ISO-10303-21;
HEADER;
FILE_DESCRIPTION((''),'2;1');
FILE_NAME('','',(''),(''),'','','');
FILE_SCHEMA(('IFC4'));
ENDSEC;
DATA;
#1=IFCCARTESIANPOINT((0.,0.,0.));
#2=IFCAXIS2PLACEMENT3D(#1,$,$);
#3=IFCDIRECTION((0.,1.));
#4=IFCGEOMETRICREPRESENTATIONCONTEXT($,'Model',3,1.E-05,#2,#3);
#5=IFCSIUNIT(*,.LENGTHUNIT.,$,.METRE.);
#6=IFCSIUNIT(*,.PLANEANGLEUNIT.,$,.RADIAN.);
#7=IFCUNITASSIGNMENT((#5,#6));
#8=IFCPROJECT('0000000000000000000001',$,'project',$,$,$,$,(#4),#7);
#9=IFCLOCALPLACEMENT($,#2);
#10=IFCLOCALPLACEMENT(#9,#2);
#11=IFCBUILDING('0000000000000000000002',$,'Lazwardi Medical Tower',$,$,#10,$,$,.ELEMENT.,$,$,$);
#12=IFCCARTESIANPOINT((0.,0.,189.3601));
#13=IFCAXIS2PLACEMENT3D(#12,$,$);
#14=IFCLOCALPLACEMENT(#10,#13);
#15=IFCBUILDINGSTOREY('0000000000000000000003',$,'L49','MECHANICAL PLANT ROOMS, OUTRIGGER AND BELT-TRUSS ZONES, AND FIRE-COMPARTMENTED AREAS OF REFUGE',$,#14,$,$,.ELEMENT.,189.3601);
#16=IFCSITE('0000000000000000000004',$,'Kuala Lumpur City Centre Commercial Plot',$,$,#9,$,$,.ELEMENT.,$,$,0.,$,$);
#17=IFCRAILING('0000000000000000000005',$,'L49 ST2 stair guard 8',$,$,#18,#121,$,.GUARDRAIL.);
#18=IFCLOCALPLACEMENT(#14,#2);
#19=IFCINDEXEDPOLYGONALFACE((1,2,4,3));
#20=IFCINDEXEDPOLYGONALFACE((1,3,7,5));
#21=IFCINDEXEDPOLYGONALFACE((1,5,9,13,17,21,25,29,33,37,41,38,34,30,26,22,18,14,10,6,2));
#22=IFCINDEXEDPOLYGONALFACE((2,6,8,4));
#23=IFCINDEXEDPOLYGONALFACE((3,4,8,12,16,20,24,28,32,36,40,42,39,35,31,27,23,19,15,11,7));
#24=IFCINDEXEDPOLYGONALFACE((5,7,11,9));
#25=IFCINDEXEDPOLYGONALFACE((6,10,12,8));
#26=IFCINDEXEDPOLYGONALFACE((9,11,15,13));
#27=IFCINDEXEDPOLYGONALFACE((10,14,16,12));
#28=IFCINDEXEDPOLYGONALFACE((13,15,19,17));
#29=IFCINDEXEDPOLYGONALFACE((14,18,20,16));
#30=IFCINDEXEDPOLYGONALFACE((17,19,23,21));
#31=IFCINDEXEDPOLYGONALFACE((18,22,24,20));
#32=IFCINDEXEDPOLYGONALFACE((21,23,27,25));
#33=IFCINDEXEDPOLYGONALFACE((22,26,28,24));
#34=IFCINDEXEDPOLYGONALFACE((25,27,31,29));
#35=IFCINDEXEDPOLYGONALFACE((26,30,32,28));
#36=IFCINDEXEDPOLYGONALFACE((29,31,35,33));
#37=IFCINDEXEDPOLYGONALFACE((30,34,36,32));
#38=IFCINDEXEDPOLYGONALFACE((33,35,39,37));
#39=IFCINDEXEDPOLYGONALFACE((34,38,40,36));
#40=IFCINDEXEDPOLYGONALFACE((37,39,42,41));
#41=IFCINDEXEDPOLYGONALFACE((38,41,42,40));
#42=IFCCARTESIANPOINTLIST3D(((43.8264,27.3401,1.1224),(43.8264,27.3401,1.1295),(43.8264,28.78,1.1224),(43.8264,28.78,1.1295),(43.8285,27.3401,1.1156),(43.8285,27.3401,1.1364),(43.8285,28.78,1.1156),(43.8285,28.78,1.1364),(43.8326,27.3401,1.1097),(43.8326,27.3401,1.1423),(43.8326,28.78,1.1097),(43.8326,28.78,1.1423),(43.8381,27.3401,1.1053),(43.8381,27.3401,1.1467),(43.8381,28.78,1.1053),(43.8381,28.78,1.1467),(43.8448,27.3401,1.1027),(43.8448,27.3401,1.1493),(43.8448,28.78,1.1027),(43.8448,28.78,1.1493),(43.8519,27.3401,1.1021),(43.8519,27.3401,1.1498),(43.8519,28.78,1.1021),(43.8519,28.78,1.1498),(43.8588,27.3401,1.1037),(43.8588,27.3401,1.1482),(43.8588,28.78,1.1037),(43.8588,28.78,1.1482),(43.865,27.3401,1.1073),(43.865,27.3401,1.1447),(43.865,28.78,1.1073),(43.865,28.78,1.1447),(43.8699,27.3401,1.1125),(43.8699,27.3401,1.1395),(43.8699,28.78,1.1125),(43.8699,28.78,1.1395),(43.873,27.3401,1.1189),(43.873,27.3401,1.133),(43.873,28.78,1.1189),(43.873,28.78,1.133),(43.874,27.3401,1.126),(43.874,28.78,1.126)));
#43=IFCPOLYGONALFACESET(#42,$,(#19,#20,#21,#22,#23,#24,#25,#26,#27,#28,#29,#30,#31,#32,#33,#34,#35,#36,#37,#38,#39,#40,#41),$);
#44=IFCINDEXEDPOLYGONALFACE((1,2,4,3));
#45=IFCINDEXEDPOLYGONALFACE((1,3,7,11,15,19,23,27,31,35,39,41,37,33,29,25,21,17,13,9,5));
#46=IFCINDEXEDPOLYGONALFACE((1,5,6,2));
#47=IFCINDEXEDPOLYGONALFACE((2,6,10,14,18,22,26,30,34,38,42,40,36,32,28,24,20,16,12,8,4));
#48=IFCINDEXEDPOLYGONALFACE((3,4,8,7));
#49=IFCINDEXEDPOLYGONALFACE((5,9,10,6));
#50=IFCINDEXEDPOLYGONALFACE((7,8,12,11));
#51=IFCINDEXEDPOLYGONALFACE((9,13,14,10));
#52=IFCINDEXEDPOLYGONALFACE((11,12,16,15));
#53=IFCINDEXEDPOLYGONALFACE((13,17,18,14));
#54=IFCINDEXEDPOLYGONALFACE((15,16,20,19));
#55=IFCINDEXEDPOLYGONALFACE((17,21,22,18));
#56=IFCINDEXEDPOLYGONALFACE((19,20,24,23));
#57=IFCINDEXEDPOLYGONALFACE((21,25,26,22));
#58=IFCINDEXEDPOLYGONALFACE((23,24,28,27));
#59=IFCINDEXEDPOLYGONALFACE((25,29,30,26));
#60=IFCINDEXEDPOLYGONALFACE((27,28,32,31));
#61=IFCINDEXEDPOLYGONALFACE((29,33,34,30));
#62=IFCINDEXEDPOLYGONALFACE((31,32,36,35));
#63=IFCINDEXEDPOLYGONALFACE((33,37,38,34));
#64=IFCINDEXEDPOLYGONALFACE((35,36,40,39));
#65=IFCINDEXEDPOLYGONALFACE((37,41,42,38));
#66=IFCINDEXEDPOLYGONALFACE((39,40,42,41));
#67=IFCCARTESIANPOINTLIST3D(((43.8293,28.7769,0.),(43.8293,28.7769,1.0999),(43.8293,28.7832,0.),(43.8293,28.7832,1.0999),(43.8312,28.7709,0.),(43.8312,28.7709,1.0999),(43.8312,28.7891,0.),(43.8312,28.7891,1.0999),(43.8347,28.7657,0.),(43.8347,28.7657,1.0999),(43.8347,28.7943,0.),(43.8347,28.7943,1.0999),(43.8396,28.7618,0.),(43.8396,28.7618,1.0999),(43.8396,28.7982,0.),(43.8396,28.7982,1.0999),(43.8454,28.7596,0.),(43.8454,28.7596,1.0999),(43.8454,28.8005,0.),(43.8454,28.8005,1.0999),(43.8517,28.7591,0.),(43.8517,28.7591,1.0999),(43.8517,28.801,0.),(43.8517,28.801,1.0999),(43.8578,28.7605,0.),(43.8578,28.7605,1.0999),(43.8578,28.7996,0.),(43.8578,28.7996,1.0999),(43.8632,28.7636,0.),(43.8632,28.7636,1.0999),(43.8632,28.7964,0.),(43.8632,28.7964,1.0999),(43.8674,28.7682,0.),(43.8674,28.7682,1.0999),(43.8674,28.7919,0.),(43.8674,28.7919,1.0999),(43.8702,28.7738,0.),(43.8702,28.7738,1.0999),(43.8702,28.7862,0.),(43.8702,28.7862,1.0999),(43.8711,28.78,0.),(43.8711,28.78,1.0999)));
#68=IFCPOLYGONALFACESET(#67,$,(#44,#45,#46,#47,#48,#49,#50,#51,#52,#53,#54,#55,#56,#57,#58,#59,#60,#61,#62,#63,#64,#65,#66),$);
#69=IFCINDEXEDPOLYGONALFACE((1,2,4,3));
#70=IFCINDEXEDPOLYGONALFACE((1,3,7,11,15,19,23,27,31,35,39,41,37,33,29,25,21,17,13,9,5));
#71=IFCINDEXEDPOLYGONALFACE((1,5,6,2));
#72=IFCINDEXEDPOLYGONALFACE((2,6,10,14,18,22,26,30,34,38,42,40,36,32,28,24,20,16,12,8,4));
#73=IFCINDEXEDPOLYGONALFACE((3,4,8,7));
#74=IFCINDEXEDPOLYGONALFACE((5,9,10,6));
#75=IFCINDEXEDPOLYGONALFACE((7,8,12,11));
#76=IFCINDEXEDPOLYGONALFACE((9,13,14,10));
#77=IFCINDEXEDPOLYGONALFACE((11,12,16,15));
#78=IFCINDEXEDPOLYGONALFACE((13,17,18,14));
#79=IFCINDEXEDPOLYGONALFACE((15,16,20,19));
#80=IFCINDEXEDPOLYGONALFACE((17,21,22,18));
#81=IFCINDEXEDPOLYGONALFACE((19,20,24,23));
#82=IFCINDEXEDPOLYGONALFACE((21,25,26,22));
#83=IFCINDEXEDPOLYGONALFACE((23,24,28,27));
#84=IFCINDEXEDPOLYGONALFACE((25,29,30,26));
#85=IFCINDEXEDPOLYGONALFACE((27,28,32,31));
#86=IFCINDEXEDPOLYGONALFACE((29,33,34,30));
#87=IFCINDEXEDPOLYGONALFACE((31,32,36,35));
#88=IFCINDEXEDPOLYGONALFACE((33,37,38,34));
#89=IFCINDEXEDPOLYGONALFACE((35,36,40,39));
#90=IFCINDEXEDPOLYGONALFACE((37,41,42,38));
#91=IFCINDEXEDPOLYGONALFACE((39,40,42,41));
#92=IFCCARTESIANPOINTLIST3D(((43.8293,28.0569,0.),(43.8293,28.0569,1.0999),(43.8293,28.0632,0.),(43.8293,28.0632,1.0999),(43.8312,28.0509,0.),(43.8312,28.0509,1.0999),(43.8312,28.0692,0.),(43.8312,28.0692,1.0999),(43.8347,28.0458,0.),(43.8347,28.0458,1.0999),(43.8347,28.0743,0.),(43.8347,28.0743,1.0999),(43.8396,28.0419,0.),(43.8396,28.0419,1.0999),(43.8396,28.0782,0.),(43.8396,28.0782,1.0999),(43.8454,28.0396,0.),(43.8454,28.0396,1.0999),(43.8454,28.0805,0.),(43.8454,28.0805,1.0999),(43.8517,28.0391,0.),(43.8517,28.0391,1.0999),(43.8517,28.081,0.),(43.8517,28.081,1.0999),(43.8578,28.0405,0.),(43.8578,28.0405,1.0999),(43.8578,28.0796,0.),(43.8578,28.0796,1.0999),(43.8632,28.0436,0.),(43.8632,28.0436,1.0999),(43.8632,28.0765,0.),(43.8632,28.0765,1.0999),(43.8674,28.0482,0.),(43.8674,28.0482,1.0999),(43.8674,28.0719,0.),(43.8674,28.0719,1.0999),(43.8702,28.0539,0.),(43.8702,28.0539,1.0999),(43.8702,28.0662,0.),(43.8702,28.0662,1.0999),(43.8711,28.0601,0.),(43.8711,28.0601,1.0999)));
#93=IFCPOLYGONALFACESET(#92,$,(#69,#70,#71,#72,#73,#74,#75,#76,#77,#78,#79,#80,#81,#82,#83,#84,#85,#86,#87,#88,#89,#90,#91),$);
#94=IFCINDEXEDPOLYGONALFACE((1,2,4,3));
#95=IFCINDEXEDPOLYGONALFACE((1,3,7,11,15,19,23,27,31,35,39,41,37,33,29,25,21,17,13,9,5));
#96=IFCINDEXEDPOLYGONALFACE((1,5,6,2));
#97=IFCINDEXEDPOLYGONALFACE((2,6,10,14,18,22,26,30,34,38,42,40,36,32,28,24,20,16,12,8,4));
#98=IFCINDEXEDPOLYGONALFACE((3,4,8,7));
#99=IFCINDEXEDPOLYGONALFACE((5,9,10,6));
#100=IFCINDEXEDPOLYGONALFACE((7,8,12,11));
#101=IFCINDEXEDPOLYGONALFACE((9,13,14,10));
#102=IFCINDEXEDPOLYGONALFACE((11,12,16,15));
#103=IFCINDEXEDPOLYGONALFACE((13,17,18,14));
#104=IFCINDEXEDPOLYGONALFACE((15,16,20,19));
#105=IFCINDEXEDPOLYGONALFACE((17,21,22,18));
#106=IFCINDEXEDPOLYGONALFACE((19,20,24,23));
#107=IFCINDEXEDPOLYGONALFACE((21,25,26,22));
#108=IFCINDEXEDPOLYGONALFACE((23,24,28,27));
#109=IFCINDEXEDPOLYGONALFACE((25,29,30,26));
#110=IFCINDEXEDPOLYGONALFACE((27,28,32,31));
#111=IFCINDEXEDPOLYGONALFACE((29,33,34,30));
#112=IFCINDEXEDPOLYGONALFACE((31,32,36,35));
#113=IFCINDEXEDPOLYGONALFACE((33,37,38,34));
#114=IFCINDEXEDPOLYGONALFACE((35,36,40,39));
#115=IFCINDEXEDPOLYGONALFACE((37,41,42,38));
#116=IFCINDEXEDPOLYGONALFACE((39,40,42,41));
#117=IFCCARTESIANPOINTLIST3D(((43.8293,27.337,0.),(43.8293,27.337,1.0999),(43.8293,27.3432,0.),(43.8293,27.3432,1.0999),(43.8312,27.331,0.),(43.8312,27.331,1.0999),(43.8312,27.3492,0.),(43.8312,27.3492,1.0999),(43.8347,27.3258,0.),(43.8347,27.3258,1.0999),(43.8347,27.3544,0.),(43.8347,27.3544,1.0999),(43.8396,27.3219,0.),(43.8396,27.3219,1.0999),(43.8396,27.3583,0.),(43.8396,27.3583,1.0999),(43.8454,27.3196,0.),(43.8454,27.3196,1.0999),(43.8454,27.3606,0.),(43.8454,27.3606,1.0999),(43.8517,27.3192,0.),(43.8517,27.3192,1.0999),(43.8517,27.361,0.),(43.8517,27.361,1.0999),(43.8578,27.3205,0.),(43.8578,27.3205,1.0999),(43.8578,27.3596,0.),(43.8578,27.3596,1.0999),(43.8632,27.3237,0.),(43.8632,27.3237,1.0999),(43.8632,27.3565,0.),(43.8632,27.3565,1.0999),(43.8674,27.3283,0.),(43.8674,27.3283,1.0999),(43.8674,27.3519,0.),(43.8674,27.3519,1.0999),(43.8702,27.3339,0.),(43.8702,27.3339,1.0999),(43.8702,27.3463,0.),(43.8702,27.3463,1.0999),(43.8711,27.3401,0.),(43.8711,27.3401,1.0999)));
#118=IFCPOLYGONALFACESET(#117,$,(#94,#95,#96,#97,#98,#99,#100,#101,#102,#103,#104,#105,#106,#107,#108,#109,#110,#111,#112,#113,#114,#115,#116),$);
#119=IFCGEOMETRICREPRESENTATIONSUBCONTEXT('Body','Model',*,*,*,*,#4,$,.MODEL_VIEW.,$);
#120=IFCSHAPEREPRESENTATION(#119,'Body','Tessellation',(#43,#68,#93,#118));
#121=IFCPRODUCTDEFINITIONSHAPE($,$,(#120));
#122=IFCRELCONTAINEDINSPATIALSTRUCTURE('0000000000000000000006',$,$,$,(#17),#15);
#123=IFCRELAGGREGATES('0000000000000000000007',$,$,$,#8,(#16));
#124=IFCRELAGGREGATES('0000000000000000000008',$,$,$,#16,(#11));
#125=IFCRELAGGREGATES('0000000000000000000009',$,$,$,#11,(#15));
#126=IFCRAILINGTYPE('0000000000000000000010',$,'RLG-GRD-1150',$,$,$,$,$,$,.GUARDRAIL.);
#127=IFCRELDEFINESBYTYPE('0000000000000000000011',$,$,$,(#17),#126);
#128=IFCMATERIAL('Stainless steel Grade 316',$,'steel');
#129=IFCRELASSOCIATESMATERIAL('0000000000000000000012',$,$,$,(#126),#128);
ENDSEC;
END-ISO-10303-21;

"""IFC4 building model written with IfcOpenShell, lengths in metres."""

from ifc_helpers import new_model, si_unit, direction, frame, origin, origin_2d, place, context, subcontext, project, spatial, circle, extrude, material, type_object, element, save


model = new_model("IFC4")

# Units and contexts
model_context = context("Model", 3, precision=1e-05, world=origin(), true_north=direction((0.0, 1.0)))
body_context = subcontext(model_context, "Body", "Model", "MODEL_VIEW")
ifc_project = project(units=[si_unit("LENGTHUNIT", "METRE"), si_unit("PLANEANGLEUNIT", "RADIAN")], contexts=[model_context])

# Site, building, storey
site_placement = place(None, origin())
site = spatial("IfcSite", under=ifc_project, at=site_placement, Name="Kuala Lumpur City Centre Commercial Plot", CompositionType="ELEMENT", RefElevation=0.0)
building_placement = place(site_placement, origin())
building = spatial("IfcBuilding", under=site, at=building_placement, Name="Lazwardi Medical Tower", CompositionType="ELEMENT")
storey_placement = place(building_placement, frame((0.0, 0.0, 189.3601)))
storey = spatial("IfcBuildingStorey", under=building, at=storey_placement, Name="L49", Description="MECHANICAL PLANT ROOMS, OUTRIGGER AND BELT-TRUSS ZONES, AND FIRE-COMPARTMENTED AREAS OF REFUGE", CompositionType="ELEMENT", Elevation=189.3601)

# Railing
ifc_material_1 = material(Name="Stainless steel Grade 316", Category="steel")
railing_type_1 = type_object("IfcRailingType", Name="RLG-GRD-1150", PredefinedType="GUARDRAIL", material=ifc_material_1)
railing_1_placement = place(storey_placement, frame((43.8501, 28.78, 0.0)))
element("IfcRailing", 1, at=railing_1_placement, inside=storey, type_object=railing_type_1, Name="L49 ST2 stair guard 8", PredefinedType="GUARDRAIL", context=body_context, shape_type="SweptSolid", body=[
    extrude(circle(Radius=0.0239, at=origin_2d()), frame((0.0, 0.0, 1.126), z_axis=(0.0, -1.0, 0.0), x_axis=(1.0, 0.0, 0.0)), (0.0, 0.0, 1.0), 1.4399),
    extrude(circle(Radius=0.021, at=origin_2d()), origin(), (0.0, 0.0, 1.0), 1.0999),
    extrude(circle(Radius=0.021, at=origin_2d()), frame((0.0, -0.72, 0.0)), (0.0, 0.0, 1.0), 1.0999),
    extrude(circle(Radius=0.021, at=origin_2d()), frame((0.0, -1.4399, 0.0)), (0.0, 0.0, 1.0), 1.0999),
])

save(model, "model.ifc")
